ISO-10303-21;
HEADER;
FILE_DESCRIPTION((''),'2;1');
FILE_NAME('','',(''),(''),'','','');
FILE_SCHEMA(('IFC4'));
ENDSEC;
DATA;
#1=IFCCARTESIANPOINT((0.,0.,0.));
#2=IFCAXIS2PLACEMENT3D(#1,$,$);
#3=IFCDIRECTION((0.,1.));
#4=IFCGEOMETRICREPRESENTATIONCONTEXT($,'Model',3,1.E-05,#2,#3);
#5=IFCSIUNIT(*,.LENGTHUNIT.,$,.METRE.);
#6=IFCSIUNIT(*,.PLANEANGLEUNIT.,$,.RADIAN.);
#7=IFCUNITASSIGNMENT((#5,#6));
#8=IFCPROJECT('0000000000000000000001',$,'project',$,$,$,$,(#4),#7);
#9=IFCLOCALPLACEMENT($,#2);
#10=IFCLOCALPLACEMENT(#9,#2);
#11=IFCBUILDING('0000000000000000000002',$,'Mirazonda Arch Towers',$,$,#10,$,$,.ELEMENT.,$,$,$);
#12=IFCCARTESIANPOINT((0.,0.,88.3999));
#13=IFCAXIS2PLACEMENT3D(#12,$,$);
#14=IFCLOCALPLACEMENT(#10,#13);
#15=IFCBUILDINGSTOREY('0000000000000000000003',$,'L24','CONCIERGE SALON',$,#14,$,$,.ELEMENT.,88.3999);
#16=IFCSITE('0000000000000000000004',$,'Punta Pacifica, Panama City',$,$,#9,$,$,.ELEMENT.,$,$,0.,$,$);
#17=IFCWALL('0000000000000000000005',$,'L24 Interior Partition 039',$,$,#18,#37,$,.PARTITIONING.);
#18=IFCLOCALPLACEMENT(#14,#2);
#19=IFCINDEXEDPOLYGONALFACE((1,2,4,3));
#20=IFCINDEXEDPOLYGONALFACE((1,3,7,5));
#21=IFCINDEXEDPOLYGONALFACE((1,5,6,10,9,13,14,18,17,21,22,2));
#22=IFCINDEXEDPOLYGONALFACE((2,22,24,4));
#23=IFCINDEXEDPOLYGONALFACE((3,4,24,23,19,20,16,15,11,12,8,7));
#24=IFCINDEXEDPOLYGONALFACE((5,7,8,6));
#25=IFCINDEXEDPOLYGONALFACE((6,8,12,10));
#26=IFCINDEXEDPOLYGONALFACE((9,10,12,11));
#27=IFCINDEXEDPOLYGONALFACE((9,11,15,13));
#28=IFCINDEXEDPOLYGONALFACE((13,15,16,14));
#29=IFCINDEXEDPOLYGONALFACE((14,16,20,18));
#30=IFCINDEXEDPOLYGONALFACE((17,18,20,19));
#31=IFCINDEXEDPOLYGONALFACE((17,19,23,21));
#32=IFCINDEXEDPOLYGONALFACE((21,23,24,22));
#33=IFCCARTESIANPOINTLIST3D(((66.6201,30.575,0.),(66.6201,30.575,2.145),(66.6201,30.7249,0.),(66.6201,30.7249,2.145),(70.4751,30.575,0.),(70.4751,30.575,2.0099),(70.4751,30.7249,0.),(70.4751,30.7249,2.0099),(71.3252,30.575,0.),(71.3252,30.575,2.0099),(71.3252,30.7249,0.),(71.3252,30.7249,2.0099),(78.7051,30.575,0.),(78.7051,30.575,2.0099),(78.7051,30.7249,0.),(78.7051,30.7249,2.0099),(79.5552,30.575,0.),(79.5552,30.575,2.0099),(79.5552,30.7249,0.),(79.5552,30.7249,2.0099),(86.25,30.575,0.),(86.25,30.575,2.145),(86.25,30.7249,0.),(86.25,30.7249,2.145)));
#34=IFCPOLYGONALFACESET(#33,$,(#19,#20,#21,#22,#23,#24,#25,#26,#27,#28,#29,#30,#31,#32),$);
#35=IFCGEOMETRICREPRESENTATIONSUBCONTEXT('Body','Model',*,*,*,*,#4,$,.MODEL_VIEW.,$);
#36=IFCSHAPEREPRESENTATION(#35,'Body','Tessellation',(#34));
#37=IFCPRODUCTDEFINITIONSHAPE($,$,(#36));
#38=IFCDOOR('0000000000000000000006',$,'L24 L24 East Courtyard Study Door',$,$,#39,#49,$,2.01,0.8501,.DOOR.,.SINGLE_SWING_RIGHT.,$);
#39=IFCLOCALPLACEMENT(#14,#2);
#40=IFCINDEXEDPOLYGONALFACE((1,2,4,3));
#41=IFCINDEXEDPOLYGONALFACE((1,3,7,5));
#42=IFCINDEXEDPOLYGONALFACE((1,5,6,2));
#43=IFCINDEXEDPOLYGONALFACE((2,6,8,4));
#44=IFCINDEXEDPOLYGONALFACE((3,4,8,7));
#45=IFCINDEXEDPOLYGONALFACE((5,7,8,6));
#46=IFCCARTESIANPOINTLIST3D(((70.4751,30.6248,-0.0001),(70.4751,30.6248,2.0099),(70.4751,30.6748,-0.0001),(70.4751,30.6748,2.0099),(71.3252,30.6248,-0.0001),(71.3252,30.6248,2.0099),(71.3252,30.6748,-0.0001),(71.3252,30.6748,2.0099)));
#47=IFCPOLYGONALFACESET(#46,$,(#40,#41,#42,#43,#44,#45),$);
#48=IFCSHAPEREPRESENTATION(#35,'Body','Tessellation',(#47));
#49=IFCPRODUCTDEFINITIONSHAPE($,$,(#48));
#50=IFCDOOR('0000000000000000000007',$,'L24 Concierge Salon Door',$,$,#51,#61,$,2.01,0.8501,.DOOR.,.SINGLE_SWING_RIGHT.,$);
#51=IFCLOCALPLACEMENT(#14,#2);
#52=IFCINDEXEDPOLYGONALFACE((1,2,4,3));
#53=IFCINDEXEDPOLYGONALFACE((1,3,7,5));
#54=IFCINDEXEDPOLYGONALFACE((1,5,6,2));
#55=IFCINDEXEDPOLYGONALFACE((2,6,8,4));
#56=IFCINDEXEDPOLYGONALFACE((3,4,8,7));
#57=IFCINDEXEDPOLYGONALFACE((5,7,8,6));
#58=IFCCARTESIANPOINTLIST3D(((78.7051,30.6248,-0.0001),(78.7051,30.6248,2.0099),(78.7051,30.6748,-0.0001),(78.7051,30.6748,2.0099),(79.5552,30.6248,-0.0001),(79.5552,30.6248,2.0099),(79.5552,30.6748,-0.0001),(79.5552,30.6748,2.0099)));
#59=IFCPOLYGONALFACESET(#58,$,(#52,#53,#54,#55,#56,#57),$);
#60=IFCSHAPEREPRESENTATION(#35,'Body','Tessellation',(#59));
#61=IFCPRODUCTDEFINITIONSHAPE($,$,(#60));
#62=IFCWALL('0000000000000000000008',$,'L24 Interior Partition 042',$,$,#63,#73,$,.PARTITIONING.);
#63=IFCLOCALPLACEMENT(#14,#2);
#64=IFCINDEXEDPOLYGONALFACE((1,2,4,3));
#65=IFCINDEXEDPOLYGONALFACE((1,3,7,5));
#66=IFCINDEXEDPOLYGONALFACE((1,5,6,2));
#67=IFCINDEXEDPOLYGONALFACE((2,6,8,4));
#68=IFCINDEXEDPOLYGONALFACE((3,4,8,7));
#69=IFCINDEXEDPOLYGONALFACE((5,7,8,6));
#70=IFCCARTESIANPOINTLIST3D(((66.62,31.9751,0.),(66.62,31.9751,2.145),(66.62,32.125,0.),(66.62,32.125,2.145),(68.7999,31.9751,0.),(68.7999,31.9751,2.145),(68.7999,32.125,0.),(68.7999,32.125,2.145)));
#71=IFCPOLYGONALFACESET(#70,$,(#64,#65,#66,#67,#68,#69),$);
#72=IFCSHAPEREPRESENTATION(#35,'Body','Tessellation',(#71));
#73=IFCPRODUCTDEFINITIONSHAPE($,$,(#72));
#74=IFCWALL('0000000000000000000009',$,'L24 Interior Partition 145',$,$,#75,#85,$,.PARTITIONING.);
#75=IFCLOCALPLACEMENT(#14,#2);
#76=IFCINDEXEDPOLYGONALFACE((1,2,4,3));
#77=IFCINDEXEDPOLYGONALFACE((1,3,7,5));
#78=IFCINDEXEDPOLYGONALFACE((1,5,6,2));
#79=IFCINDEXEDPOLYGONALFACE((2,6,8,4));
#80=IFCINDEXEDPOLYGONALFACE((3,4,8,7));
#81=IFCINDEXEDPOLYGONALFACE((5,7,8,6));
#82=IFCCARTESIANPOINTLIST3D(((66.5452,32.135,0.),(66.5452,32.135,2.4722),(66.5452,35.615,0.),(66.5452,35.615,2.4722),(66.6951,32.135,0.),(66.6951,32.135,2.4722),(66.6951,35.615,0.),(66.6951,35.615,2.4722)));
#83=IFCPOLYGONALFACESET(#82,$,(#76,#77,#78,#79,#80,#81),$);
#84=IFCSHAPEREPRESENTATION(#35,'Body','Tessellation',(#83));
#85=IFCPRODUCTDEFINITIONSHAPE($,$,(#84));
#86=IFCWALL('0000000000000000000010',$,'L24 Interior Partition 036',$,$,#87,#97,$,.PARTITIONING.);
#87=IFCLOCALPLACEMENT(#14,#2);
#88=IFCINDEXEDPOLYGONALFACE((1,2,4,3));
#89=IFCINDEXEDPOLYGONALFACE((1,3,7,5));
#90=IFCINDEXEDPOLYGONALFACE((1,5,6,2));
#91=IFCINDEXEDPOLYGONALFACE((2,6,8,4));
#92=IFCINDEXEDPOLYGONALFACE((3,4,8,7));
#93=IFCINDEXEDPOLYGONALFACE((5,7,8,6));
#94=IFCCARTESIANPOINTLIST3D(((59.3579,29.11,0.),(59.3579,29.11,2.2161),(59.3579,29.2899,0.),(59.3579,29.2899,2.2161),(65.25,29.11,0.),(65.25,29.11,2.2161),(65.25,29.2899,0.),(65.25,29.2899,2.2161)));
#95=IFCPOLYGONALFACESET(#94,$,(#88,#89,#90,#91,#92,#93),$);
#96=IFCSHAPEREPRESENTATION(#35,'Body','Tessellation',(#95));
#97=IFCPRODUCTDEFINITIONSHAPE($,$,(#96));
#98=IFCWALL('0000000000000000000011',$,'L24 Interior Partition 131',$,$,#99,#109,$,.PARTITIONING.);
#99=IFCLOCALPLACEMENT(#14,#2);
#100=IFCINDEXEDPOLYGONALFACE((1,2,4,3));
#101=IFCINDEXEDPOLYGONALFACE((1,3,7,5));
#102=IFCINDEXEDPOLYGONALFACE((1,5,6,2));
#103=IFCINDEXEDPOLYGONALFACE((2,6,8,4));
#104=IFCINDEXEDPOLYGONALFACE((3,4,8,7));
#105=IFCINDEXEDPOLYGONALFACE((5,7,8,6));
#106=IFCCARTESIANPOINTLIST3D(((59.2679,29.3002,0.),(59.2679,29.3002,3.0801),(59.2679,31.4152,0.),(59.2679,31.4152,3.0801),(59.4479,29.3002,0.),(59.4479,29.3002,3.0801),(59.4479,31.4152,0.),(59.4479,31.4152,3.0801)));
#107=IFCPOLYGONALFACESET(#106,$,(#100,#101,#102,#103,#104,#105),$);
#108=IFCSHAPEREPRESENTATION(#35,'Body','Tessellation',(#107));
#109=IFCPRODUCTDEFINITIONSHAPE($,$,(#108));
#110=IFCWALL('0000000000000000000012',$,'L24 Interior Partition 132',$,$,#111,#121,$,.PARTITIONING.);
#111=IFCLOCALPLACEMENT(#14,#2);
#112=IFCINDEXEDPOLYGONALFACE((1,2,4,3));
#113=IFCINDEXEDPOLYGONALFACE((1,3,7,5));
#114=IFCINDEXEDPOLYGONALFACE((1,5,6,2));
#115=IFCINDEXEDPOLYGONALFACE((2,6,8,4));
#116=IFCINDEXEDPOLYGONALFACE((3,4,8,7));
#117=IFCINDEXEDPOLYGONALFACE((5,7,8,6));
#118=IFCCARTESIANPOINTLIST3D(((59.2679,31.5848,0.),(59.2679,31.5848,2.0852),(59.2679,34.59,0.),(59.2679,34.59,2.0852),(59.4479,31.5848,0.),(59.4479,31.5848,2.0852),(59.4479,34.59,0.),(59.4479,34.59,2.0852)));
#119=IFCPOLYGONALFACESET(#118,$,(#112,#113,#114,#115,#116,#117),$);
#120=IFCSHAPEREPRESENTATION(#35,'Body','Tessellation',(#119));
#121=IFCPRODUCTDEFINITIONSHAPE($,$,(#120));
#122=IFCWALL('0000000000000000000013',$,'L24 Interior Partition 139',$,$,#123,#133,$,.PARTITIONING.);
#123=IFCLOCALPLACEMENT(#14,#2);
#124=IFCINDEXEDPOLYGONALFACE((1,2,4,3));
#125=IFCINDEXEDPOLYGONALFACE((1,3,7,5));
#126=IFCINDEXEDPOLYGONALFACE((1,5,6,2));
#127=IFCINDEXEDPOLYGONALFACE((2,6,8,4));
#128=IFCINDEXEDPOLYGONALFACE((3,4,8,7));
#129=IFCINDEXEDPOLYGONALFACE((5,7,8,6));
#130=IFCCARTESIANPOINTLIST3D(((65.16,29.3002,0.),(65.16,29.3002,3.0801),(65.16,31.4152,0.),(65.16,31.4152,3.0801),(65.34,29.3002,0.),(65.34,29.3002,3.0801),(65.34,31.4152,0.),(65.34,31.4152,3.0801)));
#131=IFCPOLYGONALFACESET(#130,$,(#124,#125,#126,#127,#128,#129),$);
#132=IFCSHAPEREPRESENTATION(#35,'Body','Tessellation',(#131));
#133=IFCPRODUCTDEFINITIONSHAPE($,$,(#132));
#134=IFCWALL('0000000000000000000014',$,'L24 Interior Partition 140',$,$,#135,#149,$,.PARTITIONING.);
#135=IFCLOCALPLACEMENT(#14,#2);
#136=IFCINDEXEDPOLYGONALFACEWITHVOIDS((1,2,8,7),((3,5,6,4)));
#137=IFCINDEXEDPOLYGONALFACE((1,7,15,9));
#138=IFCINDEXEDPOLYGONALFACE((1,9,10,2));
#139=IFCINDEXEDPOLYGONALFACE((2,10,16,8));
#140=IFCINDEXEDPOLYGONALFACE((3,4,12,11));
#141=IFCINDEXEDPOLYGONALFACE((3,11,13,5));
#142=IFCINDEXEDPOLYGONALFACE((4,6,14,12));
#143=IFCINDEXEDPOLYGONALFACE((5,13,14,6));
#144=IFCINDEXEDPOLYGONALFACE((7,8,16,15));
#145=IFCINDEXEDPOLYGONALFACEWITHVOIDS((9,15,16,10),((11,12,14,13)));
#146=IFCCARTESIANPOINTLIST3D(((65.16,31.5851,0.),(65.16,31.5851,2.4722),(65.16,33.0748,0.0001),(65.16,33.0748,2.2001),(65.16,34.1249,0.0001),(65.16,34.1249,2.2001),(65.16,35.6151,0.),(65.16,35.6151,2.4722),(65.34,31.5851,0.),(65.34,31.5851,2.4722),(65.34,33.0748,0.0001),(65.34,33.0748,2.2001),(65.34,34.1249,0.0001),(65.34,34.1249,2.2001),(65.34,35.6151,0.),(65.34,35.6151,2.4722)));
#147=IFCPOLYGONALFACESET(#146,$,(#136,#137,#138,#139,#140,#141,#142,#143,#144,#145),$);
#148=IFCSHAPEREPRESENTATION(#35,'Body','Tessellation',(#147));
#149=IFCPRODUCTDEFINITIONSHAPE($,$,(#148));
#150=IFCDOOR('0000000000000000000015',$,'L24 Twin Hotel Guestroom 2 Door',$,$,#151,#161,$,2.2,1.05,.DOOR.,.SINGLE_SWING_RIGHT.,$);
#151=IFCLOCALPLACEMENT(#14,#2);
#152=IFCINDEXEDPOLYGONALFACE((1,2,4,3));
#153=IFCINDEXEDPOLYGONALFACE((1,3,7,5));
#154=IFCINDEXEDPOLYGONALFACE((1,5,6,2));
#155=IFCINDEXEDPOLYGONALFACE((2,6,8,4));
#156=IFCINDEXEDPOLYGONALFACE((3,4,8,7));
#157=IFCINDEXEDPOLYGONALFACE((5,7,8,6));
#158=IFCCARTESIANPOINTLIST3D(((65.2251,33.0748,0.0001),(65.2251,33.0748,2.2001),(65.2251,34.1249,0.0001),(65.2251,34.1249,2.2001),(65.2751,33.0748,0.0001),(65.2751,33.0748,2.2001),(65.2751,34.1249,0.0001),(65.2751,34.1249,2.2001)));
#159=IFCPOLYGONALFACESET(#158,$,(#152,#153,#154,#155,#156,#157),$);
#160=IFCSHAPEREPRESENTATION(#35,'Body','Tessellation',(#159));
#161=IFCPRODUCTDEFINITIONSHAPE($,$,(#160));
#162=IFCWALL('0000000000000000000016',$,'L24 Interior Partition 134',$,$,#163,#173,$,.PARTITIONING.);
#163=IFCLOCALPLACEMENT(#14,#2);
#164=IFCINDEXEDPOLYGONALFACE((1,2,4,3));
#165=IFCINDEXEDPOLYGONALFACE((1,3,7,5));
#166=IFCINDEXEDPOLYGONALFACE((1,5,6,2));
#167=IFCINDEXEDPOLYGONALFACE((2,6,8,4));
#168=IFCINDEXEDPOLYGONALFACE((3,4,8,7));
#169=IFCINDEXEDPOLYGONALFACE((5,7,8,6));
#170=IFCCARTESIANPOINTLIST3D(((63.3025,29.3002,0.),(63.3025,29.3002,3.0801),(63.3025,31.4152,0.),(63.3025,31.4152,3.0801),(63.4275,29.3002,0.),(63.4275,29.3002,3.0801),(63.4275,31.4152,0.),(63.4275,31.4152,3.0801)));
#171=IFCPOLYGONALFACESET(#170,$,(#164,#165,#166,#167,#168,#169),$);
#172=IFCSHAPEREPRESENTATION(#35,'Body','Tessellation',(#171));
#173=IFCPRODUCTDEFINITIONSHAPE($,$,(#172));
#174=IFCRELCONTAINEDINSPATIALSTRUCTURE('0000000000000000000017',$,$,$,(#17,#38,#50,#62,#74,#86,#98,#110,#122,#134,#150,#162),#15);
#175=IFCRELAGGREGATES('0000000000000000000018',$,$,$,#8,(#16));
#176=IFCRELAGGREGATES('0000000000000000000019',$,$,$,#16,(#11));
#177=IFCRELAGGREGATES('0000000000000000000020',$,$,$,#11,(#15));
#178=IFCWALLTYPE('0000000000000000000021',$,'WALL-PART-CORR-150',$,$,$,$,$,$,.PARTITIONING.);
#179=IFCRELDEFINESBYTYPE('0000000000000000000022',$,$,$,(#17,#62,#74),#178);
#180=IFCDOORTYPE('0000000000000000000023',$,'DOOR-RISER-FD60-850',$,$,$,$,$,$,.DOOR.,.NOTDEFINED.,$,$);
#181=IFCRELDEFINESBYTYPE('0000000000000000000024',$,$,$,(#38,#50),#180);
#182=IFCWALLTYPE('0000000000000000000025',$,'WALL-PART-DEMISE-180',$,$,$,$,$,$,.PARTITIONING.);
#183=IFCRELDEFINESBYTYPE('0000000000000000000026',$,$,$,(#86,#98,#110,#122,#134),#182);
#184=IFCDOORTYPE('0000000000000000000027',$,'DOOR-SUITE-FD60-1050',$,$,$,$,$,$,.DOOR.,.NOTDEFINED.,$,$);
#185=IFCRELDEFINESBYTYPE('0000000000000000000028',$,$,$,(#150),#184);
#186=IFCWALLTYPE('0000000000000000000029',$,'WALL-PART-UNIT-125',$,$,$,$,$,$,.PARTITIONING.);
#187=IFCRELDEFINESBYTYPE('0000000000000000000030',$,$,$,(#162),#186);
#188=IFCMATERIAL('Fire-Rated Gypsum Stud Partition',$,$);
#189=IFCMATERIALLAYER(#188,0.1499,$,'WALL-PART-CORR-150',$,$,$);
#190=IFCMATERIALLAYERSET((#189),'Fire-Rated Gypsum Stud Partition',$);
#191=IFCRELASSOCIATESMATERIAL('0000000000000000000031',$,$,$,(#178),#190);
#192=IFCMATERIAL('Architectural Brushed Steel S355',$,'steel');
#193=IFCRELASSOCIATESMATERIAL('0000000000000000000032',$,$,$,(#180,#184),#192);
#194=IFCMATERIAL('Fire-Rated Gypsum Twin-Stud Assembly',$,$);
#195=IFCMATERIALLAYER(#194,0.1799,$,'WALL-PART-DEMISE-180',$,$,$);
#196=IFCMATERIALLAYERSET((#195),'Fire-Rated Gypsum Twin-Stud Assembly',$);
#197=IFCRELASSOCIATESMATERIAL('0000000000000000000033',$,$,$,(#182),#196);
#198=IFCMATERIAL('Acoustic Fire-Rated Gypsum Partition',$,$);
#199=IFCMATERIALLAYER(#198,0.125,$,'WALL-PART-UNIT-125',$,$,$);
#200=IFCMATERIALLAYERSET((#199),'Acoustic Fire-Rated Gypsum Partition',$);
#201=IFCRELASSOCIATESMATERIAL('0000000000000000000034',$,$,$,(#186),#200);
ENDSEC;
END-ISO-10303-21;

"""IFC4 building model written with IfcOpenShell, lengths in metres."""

from ifc_helpers import new_model, si_unit, direction, frame, frame_2d, origin, place, context, subcontext, project, spatial, rectangle, extrude, material, layer, layer_set, type_object, element, fill, save


model = new_model("IFC4")

# Units and contexts
model_context = context("Model", 3, precision=1e-05, world=origin(), true_north=direction((0.0, 1.0)))
body_context = subcontext(model_context, "Body", "Model", "MODEL_VIEW")
ifc_project = project(units=[si_unit("LENGTHUNIT", "METRE"), si_unit("PLANEANGLEUNIT", "RADIAN")], contexts=[model_context])

# Site, building, storey
site_placement = place(None, origin())
site = spatial("IfcSite", under=ifc_project, at=site_placement, Name="Punta Pacifica, Panama City", CompositionType="ELEMENT", RefElevation=0.0)
building_placement = place(site_placement, origin())
building = spatial("IfcBuilding", under=site, at=building_placement, Name="Mirazonda Arch Towers", CompositionType="ELEMENT")
storey_placement = place(building_placement, frame((0.0, 0.0, 88.3999)))
storey = spatial("IfcBuildingStorey", under=building, at=storey_placement, Name="L24", Description="CONCIERGE SALON", CompositionType="ELEMENT", Elevation=88.3999)

# Wall, openings, doors
ifc_material_1 = material(Name="Fire-Rated Gypsum Stud Partition")
ifc_layer_1 = layer(ifc_material_1, 0.1499, Name="WALL-PART-CORR-150")
ifc_layer_set_1 = layer_set([ifc_layer_1], Name="Fire-Rated Gypsum Stud Partition")
wall_type_1 = type_object("IfcWallType", Name="WALL-PART-CORR-150", PredefinedType="PARTITIONING", material=ifc_layer_set_1)
wall_1_placement = place(storey_placement, frame((66.6201, 30.6499, 0.0), z_axis=(0.0, 0.0, 1.0), x_axis=(1.0, 0.0, 0.0)))
wall_1 = element("IfcWall", 1, at=wall_1_placement, inside=storey, type_object=wall_type_1, Name="L24 Interior Partition 039", PredefinedType="PARTITIONING", context=body_context, shape_type="SweptSolid", body=[
    extrude(rectangle(XDim=19.6299, YDim=0.1499, at=frame_2d((9.8149, 0.0))), origin(), (0.0, 0.0, 1.0), 2.145),
])
opening_1_placement = place(wall_1_placement, frame((3.855, 0.0, 0.0)))
opening_1 = element("IfcOpeningElement", 2, at=opening_1_placement, cuts=wall_1, PredefinedType="OPENING", context=body_context, shape_type="SweptSolid", body=[
    extrude(rectangle(XDim=0.8501, YDim=2.01, at=frame_2d((0.425, 1.0049))), frame((0.0, 0.085, 0.0), z_axis=(0.0, -1.0, 0.0), x_axis=(1.0, 0.0, 0.0)), (0.0, 0.0, 1.0), 0.1699),
])
opening_2_placement = place(wall_1_placement, frame((12.085, 0.0, 0.0)))
opening_2 = element("IfcOpeningElement", 3, at=opening_2_placement, cuts=wall_1, PredefinedType="OPENING", context=body_context, shape_type="SweptSolid", body=[
    extrude(rectangle(XDim=0.8501, YDim=2.01, at=frame_2d((0.425, 1.0049))), frame((0.0, 0.085, 0.0), z_axis=(0.0, -1.0, 0.0), x_axis=(1.0, 0.0, 0.0)), (0.0, 0.0, 1.0), 0.1699),
])
ifc_material_2 = material(Name="Architectural Brushed Steel S355", Category="steel")
door_type_1 = type_object("IfcDoorType", Name="DOOR-RISER-FD60-850", OperationType="NOTDEFINED", PredefinedType="DOOR", material=ifc_material_2)
door_1_placement = place(opening_1_placement, origin())
door_1 = element("IfcDoor", 4, at=door_1_placement, inside=storey, type_object=door_type_1, Name="L24 L24 East Courtyard Study Door", OperationType="SINGLE_SWING_RIGHT", OverallHeight=2.01, OverallWidth=0.8501, PredefinedType="DOOR", context=body_context, shape_type="SweptSolid", body=[
    extrude(rectangle(XDim=0.8501, YDim=2.01, at=frame_2d((0.425, 1.0049))), frame((0.0, 0.0249, 0.0), z_axis=(0.0, -1.0, 0.0), x_axis=(1.0, 0.0, 0.0)), (0.0, 0.0, 1.0), 0.05),
])
fill(opening_1, door_1)
door_2_placement = place(opening_2_placement, origin())
door_2 = element("IfcDoor", 5, at=door_2_placement, inside=storey, type_object=door_type_1, Name="L24 Concierge Salon Door", OperationType="SINGLE_SWING_RIGHT", OverallHeight=2.01, OverallWidth=0.8501, PredefinedType="DOOR", context=body_context, shape_type="SweptSolid", body=[
    extrude(rectangle(XDim=0.8501, YDim=2.01, at=frame_2d((0.425, 1.0049))), frame((0.0, 0.0249, 0.0), z_axis=(0.0, -1.0, 0.0), x_axis=(1.0, 0.0, 0.0)), (0.0, 0.0, 1.0), 0.05),
])
fill(opening_2, door_2)

# Walls
wall_2_placement = place(storey_placement, frame((66.6201, 32.05, 0.0), z_axis=(0.0, 0.0, 1.0), x_axis=(1.0, 0.0, 0.0)))
element("IfcWall", 6, at=wall_2_placement, inside=storey, type_object=wall_type_1, Name="L24 Interior Partition 042", PredefinedType="PARTITIONING", context=body_context, shape_type="SweptSolid", body=[
    extrude(rectangle(XDim=2.1799, YDim=0.1499, at=frame_2d((1.0898, 0.0))), origin(), (0.0, 0.0, 1.0), 2.145),
])
wall_3_placement = place(storey_placement, frame((66.6201, 32.135, 0.0), z_axis=(0.0, 0.0, 1.0), x_axis=(0.0, 1.0, 0.0)))
element("IfcWall", 7, at=wall_3_placement, inside=storey, type_object=wall_type_1, Name="L24 Interior Partition 145", PredefinedType="PARTITIONING", context=body_context, shape_type="SweptSolid", body=[
    extrude(rectangle(XDim=3.48, YDim=0.1499, at=frame_2d((1.74, 0.0))), origin(), (0.0, 0.0, 1.0), 2.4722),
])
ifc_material_3 = material(Name="Fire-Rated Gypsum Twin-Stud Assembly")
ifc_layer_2 = layer(ifc_material_3, 0.1799, Name="WALL-PART-DEMISE-180")
ifc_layer_set_2 = layer_set([ifc_layer_2], Name="Fire-Rated Gypsum Twin-Stud Assembly")
wall_type_2 = type_object("IfcWallType", Name="WALL-PART-DEMISE-180", PredefinedType="PARTITIONING", material=ifc_layer_set_2)
wall_4_placement = place(storey_placement, frame((59.3579, 29.2, 0.0), z_axis=(0.0, 0.0, 1.0), x_axis=(1.0, 0.0, 0.0)))
element("IfcWall", 8, at=wall_4_placement, inside=storey, type_object=wall_type_2, Name="L24 Interior Partition 036", PredefinedType="PARTITIONING", context=body_context, shape_type="SweptSolid", body=[
    extrude(rectangle(XDim=5.8921, YDim=0.1799, at=frame_2d((2.946, 0.0))), origin(), (0.0, 0.0, 1.0), 2.2161),
])
wall_5_placement = place(storey_placement, frame((59.3579, 29.3, 0.0), z_axis=(0.0, 0.0, 1.0), x_axis=(0.0, 1.0, 0.0)))
element("IfcWall", 9, at=wall_5_placement, inside=storey, type_object=wall_type_2, Name="L24 Interior Partition 131", PredefinedType="PARTITIONING", context=body_context, shape_type="SweptSolid", body=[
    extrude(rectangle(XDim=2.115, YDim=0.1799, at=frame_2d((1.0576, 0.0))), origin(), (0.0, 0.0, 1.0), 3.0801),
])
wall_6_placement = place(storey_placement, frame((59.3579, 31.585, 0.0), z_axis=(0.0, 0.0, 1.0), x_axis=(0.0, 1.0, 0.0)))
element("IfcWall", 10, at=wall_6_placement, inside=storey, type_object=wall_type_2, Name="L24 Interior Partition 132", PredefinedType="PARTITIONING", context=body_context, shape_type="SweptSolid", body=[
    extrude(rectangle(XDim=3.0051, YDim=0.1799, at=frame_2d((1.5024, 0.0))), origin(), (0.0, 0.0, 1.0), 2.0852),
])
wall_7_placement = place(storey_placement, frame((65.25, 29.3, 0.0), z_axis=(0.0, 0.0, 1.0), x_axis=(0.0, 1.0, 0.0)))
element("IfcWall", 11, at=wall_7_placement, inside=storey, type_object=wall_type_2, Name="L24 Interior Partition 139", PredefinedType="PARTITIONING", context=body_context, shape_type="SweptSolid", body=[
    extrude(rectangle(XDim=2.115, YDim=0.1799, at=frame_2d((1.0576, 0.0))), origin(), (0.0, 0.0, 1.0), 3.0801),
])

# Wall, opening, door
wall_8_placement = place(storey_placement, frame((65.25, 31.585, 0.0), z_axis=(0.0, 0.0, 1.0), x_axis=(0.0, 1.0, 0.0)))
wall_8 = element("IfcWall", 12, at=wall_8_placement, inside=storey, type_object=wall_type_2, Name="L24 Interior Partition 140", PredefinedType="PARTITIONING", context=body_context, shape_type="SweptSolid", body=[
    extrude(rectangle(XDim=4.03, YDim=0.1799, at=frame_2d((2.0151, 0.0))), origin(), (0.0, 0.0, 1.0), 2.4722),
])
opening_3_placement = place(wall_8_placement, frame((1.49, 0.0, 0.0)))
opening_3 = element("IfcOpeningElement", 13, at=opening_3_placement, cuts=wall_8, PredefinedType="OPENING", context=body_context, shape_type="SweptSolid", body=[
    extrude(rectangle(XDim=1.05, YDim=2.2, at=frame_2d((0.5249, 1.1001))), frame((0.0, 0.0999, 0.0), z_axis=(0.0, -1.0, 0.0), x_axis=(1.0, 0.0, 0.0)), (0.0, 0.0, 1.0), 0.2),
])
door_type_2 = type_object("IfcDoorType", Name="DOOR-SUITE-FD60-1050", OperationType="NOTDEFINED", PredefinedType="DOOR", material=ifc_material_2)
door_3_placement = place(opening_3_placement, origin())
door_3 = element("IfcDoor", 14, at=door_3_placement, inside=storey, type_object=door_type_2, Name="L24 Twin Hotel Guestroom 2 Door", OperationType="SINGLE_SWING_RIGHT", OverallHeight=2.2, OverallWidth=1.05, PredefinedType="DOOR", context=body_context, shape_type="SweptSolid", body=[
    extrude(rectangle(XDim=1.05, YDim=2.2, at=frame_2d((0.5249, 1.1001))), frame((0.0, 0.0249, 0.0), z_axis=(0.0, -1.0, 0.0), x_axis=(1.0, 0.0, 0.0)), (0.0, 0.0, 1.0), 0.05),
])
fill(opening_3, door_3)

# Wall
ifc_material_4 = material(Name="Acoustic Fire-Rated Gypsum Partition")
ifc_layer_3 = layer(ifc_material_4, 0.125, Name="WALL-PART-UNIT-125")
ifc_layer_set_3 = layer_set([ifc_layer_3], Name="Acoustic Fire-Rated Gypsum Partition")
wall_type_3 = type_object("IfcWallType", Name="WALL-PART-UNIT-125", PredefinedType="PARTITIONING", material=ifc_layer_set_3)
wall_9_placement = place(storey_placement, frame((63.365, 29.3, 0.0), z_axis=(0.0, 0.0, 1.0), x_axis=(0.0, 1.0, 0.0)))
element("IfcWall", 15, at=wall_9_placement, inside=storey, type_object=wall_type_3, Name="L24 Interior Partition 134", PredefinedType="PARTITIONING", context=body_context, shape_type="SweptSolid", body=[
    extrude(rectangle(XDim=2.115, YDim=0.125, at=frame_2d((1.0576, 0.0))), origin(), (0.0, 0.0, 1.0), 3.0801),
])

save(model, "model.ifc")
